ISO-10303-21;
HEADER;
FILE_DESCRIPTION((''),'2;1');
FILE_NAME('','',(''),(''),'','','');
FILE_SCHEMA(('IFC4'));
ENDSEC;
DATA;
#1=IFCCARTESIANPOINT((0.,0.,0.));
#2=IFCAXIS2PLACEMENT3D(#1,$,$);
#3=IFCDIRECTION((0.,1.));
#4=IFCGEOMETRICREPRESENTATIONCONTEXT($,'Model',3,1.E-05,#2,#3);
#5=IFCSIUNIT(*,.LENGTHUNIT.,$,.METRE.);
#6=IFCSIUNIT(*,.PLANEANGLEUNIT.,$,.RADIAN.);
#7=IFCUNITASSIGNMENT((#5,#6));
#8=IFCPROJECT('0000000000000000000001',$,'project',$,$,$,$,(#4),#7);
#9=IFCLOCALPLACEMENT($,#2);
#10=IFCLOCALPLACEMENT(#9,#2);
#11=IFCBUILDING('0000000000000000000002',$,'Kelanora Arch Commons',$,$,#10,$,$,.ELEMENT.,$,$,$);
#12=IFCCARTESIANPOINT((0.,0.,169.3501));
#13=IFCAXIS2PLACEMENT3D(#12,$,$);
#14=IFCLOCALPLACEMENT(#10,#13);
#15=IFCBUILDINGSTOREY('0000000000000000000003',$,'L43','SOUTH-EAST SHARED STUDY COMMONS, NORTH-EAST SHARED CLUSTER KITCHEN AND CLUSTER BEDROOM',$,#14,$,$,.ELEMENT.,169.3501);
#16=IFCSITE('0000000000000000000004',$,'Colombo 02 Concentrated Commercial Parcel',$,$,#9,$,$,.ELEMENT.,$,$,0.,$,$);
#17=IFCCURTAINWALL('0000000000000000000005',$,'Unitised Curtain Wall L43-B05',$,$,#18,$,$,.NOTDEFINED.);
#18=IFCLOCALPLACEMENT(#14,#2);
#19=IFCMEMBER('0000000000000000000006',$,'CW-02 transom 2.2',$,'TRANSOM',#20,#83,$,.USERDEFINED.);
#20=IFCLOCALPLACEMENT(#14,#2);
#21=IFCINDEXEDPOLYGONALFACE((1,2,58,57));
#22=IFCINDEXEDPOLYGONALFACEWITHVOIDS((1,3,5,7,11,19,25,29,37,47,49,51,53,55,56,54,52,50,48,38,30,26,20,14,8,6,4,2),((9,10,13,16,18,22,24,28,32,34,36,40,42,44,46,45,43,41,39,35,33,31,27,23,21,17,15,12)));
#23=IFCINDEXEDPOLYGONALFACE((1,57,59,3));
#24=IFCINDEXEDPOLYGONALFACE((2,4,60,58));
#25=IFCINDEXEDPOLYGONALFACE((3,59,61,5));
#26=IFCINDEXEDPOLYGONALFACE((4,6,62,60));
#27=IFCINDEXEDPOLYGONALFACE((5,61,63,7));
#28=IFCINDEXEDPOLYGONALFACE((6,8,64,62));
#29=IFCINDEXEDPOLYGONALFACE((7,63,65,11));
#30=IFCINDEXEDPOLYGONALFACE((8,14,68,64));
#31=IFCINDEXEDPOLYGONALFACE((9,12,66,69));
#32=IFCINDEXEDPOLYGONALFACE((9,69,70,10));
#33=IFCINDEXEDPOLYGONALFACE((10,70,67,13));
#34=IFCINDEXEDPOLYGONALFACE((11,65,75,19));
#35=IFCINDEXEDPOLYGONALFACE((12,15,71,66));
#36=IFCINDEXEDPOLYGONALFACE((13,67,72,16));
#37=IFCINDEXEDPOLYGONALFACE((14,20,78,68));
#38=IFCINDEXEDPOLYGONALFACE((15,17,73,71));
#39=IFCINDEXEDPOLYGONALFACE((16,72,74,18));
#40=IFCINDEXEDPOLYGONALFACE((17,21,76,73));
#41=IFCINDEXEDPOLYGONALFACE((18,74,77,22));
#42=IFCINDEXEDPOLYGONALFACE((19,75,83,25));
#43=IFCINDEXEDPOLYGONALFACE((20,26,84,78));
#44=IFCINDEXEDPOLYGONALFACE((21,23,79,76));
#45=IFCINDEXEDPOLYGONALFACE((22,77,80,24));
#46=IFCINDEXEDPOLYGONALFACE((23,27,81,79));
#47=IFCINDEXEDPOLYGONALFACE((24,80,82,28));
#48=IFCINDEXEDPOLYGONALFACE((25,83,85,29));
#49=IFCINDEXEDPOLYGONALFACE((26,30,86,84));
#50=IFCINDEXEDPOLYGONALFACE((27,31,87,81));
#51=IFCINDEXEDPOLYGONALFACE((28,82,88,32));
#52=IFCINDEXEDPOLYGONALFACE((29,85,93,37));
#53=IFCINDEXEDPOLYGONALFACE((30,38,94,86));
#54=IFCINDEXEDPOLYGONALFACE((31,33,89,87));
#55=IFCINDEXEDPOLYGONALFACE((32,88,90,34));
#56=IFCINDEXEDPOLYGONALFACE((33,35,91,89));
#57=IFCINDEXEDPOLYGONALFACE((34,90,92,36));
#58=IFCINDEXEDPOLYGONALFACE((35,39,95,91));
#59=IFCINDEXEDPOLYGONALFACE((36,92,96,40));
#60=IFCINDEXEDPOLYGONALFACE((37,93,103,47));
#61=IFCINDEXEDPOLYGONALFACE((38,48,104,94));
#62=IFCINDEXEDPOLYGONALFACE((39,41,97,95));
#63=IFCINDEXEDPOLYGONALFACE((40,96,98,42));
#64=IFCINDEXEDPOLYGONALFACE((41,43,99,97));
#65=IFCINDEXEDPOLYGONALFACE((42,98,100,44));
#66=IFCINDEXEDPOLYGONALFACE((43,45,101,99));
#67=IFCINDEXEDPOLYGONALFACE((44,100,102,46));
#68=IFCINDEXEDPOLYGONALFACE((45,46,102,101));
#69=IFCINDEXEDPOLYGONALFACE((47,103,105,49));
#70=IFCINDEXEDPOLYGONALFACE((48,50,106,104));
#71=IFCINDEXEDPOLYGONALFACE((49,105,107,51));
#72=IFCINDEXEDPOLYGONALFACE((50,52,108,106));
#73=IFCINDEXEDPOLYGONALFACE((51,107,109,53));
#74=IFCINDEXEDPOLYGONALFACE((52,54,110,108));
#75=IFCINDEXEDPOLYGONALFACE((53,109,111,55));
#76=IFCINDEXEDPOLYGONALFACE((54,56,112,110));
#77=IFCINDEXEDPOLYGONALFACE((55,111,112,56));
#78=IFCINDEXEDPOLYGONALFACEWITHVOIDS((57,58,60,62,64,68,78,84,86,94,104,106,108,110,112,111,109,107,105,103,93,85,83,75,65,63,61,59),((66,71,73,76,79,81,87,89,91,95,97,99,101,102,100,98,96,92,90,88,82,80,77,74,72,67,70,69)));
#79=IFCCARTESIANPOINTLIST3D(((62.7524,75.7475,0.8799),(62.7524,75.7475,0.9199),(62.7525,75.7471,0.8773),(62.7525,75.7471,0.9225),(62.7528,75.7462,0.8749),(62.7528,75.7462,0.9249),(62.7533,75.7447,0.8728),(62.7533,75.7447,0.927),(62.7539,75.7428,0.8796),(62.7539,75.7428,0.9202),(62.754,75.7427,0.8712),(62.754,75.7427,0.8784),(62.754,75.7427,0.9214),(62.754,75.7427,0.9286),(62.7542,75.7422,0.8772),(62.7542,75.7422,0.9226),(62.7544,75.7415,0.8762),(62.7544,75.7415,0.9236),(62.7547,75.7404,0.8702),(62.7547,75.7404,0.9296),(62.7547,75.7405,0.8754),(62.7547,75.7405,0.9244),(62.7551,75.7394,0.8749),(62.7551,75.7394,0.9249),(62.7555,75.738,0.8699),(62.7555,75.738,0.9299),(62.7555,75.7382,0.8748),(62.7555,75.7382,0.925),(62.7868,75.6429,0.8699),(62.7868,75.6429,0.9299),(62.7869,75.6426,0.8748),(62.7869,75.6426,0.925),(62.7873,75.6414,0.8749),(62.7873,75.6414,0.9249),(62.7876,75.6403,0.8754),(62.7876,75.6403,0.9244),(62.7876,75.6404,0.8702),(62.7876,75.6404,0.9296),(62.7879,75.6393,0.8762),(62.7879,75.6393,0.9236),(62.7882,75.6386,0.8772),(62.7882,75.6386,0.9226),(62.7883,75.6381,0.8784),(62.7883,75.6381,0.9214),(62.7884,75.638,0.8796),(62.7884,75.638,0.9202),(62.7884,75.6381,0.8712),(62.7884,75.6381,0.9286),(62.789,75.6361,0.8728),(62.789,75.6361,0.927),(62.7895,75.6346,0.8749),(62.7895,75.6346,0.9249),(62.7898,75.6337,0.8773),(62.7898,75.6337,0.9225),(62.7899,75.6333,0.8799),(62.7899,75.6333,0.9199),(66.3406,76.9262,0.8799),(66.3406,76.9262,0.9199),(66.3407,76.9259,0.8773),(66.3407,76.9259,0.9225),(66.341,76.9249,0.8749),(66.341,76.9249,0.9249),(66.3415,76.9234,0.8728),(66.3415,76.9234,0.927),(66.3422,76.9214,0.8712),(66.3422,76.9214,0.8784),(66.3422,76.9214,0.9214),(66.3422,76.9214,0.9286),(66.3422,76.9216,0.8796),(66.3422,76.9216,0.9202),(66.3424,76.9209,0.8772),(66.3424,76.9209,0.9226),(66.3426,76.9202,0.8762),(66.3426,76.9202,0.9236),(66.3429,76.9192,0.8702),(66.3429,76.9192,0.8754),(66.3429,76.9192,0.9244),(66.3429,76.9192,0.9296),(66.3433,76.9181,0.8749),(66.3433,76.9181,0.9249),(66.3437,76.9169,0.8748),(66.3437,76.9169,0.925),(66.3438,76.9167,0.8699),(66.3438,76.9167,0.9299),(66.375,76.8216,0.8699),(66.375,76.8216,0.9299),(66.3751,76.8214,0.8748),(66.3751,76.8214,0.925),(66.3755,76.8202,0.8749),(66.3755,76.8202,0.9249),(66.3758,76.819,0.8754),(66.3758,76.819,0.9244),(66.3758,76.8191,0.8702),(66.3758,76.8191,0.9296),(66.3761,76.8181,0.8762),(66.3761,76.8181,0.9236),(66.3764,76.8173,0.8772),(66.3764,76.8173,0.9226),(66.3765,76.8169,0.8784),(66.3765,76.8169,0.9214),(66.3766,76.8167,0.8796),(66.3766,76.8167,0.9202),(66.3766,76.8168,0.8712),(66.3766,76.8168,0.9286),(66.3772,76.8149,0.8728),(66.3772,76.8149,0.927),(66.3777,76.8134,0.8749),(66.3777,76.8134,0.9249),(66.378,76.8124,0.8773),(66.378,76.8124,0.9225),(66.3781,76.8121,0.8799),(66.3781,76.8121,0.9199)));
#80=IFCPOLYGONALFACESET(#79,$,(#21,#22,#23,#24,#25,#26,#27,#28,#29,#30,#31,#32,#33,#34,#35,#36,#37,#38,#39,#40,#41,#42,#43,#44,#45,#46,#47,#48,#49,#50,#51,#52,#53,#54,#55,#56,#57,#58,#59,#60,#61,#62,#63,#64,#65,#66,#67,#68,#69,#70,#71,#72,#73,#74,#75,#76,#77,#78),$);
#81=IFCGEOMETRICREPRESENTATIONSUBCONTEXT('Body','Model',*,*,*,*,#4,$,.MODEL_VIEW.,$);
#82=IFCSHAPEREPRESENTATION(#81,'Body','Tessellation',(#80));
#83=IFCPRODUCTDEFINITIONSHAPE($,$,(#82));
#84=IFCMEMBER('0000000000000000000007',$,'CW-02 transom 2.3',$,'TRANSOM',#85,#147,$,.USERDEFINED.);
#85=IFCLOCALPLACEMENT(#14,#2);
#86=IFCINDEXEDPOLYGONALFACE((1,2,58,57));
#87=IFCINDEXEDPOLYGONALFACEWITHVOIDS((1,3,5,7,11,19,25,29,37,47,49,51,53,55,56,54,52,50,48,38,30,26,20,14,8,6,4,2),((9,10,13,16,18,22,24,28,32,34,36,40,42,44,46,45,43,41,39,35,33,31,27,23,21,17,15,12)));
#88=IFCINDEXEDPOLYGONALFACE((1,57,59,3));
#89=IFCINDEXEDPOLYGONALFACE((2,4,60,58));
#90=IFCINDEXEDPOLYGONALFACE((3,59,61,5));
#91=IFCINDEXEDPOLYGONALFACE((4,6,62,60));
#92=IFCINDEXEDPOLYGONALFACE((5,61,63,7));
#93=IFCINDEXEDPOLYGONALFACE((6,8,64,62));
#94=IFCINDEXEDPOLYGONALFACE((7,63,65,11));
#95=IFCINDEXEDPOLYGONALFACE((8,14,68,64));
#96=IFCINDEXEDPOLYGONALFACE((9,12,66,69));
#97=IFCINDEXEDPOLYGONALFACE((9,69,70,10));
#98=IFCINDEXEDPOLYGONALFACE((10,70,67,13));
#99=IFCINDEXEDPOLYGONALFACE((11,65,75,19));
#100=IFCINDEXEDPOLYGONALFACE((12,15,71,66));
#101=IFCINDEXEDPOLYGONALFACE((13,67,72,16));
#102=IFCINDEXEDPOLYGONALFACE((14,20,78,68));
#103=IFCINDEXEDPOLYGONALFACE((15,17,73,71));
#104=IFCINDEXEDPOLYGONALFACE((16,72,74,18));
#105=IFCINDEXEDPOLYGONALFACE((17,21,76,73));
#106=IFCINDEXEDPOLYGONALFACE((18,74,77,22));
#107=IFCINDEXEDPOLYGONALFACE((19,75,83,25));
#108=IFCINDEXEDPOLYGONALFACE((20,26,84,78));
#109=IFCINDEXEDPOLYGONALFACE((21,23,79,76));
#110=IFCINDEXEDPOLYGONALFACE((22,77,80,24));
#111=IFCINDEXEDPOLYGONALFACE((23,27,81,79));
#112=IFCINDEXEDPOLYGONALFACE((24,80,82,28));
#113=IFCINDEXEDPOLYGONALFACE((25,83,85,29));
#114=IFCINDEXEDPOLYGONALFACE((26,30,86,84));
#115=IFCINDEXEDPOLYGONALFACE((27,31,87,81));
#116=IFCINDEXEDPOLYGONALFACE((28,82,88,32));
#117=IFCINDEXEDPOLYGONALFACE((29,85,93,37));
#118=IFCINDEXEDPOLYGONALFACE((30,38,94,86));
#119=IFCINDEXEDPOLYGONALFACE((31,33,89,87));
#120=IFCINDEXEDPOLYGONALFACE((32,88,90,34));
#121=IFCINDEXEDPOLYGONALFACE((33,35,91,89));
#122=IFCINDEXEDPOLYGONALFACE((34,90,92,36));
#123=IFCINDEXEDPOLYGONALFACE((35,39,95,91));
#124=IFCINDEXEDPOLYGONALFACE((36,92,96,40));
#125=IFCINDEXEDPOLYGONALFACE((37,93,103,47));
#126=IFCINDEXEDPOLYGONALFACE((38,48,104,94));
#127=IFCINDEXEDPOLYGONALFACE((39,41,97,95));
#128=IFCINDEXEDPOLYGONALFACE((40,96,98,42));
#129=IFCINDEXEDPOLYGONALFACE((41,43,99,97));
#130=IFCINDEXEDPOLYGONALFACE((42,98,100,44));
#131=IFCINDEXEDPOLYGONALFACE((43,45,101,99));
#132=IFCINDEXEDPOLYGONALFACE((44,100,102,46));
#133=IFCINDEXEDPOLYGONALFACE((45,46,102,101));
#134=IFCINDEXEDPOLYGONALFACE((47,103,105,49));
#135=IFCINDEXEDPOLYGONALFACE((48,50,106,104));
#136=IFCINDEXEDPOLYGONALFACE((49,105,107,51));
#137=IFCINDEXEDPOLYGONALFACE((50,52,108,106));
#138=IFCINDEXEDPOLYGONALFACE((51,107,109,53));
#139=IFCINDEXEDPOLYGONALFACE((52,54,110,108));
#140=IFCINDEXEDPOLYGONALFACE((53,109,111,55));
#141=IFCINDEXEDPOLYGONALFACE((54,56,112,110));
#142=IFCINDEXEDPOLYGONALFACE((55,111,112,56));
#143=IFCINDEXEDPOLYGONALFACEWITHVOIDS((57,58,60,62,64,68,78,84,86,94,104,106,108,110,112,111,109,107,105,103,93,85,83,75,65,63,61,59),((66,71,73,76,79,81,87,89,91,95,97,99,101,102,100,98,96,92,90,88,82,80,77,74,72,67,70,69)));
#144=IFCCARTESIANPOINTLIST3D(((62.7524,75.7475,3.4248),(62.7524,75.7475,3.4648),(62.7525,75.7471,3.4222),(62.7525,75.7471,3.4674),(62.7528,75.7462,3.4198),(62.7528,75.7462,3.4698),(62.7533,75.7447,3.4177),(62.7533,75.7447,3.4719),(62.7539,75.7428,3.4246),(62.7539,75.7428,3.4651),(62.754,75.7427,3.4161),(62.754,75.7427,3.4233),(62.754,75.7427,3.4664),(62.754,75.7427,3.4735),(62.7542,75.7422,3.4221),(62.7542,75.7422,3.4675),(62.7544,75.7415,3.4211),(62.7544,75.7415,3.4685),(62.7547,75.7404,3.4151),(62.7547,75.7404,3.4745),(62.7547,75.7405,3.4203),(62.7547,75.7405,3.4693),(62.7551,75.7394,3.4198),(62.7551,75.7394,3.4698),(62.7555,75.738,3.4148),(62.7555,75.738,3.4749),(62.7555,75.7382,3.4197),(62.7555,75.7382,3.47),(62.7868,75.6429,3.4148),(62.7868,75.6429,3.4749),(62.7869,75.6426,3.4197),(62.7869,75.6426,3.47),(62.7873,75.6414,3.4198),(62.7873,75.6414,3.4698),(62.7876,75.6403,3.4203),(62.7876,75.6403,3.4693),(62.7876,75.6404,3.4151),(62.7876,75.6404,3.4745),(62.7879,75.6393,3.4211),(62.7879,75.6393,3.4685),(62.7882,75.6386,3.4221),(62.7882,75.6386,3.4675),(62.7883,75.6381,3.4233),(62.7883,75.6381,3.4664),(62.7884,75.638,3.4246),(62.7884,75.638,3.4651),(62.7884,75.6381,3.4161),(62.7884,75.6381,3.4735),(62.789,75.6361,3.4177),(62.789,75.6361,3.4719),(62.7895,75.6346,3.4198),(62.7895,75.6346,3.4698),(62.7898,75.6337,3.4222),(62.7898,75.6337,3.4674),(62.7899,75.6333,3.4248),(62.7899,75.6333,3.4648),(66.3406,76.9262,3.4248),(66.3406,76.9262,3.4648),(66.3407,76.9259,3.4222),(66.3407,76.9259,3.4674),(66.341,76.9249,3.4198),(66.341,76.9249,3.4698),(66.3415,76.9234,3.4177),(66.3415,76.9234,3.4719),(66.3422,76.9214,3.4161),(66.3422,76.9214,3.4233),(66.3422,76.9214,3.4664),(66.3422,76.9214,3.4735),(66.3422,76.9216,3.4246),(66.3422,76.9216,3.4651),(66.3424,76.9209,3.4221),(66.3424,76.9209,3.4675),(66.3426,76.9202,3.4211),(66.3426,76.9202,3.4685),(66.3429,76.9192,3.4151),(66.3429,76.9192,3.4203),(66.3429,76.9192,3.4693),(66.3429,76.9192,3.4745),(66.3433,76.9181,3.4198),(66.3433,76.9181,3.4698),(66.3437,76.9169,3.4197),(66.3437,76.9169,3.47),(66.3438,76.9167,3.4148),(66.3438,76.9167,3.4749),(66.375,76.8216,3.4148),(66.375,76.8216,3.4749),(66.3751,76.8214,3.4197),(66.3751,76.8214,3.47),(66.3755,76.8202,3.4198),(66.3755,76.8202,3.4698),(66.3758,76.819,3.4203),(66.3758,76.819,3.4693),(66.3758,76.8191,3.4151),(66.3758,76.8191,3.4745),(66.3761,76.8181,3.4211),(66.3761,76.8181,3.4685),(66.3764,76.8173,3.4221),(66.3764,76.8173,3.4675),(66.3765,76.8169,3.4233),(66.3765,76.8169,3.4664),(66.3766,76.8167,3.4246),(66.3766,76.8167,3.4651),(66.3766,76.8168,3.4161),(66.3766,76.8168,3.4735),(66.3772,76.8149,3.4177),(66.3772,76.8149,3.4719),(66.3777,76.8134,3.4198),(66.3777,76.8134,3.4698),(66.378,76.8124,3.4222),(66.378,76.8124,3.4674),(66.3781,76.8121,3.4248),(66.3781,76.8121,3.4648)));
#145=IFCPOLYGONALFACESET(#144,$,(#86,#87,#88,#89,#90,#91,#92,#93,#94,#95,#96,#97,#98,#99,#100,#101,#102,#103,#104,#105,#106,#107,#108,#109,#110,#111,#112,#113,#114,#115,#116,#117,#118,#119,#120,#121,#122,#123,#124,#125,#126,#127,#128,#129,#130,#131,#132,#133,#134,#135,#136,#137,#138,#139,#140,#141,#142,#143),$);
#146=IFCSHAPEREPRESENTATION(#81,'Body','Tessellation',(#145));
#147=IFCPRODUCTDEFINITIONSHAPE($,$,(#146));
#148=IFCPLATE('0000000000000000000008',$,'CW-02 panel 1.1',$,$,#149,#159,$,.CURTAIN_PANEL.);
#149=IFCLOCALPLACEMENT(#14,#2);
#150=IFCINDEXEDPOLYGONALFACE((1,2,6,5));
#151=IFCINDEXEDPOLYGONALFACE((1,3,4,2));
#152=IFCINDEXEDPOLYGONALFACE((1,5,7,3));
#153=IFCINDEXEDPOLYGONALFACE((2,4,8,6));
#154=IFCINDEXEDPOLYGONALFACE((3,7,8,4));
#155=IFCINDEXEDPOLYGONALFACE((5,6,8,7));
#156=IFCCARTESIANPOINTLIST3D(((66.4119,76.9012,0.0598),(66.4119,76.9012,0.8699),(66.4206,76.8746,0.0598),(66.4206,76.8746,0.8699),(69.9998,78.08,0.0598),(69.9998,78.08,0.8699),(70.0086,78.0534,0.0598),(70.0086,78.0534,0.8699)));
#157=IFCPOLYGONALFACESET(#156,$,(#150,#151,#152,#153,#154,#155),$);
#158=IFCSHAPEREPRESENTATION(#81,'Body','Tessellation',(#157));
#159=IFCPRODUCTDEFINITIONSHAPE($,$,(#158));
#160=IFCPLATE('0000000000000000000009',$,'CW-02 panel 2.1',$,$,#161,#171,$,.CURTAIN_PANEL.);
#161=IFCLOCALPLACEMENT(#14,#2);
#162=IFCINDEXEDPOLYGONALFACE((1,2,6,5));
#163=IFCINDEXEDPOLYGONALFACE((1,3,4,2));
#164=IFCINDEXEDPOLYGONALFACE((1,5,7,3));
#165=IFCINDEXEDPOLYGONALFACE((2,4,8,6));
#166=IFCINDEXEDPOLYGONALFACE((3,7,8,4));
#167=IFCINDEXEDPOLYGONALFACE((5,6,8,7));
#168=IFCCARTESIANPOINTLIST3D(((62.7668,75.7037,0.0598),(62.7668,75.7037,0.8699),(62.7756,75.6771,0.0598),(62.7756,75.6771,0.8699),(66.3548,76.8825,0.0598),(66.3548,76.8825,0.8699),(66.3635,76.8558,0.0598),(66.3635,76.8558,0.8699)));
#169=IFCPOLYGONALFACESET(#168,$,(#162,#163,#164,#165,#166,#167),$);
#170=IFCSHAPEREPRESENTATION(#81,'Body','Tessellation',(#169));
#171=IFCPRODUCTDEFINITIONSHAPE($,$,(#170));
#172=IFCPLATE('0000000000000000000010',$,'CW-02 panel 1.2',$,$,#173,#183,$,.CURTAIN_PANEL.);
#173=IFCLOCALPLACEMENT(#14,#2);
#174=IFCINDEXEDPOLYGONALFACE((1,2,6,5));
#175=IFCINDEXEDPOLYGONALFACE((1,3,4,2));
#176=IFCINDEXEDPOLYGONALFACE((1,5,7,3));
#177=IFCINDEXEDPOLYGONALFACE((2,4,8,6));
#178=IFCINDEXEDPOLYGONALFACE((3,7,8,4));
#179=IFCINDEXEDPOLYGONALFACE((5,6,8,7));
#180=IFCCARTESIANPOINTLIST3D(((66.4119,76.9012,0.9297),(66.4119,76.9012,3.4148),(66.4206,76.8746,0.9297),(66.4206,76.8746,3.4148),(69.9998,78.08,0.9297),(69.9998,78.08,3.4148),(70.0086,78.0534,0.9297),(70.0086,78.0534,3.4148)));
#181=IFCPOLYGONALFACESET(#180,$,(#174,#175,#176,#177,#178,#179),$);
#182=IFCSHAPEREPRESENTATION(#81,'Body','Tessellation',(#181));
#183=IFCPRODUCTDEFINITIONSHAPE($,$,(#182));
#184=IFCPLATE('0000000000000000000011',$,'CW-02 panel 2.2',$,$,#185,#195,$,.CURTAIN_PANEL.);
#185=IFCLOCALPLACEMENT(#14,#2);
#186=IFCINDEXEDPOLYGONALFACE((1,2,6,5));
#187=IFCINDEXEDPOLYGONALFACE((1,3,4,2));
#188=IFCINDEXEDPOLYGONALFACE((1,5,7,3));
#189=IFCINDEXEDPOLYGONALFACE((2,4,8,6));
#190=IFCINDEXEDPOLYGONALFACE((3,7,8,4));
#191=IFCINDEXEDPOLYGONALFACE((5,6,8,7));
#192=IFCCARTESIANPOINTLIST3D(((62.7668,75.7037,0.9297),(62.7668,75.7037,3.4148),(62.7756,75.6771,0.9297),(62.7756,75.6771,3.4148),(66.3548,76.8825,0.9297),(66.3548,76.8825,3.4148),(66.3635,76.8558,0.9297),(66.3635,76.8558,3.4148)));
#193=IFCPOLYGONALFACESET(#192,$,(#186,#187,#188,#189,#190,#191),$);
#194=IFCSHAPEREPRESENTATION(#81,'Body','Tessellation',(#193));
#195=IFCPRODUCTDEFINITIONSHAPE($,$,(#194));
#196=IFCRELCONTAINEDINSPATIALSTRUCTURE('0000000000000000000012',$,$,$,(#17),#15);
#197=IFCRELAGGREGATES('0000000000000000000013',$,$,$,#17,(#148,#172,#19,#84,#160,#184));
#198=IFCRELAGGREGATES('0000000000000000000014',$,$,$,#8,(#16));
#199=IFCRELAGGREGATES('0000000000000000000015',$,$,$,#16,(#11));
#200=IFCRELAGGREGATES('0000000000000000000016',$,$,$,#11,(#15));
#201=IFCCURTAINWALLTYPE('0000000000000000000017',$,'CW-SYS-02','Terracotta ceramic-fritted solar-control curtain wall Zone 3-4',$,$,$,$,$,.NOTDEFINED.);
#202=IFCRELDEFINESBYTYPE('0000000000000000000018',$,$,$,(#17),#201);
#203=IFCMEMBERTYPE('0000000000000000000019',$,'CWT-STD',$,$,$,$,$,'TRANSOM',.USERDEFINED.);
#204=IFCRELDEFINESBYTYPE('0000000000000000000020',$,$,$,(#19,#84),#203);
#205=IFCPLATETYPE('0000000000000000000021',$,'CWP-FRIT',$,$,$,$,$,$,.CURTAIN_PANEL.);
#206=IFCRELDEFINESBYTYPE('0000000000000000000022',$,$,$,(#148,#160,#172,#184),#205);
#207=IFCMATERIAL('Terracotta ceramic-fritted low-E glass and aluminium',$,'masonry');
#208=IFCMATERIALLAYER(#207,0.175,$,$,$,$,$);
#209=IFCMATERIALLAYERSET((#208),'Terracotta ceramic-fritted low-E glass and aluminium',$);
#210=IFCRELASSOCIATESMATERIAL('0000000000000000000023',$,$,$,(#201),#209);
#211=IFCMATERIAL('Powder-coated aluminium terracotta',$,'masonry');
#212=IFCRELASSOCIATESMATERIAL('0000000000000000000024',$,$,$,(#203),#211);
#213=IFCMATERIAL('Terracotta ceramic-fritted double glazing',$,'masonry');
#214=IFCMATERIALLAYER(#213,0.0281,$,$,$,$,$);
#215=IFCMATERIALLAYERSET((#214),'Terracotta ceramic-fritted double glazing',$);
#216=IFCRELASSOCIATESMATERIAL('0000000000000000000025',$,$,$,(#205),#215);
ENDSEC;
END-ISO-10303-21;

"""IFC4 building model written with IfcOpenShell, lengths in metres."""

from ifc_helpers import new_model, si_unit, direction, frame, origin, origin_2d, place, context, subcontext, project, spatial, rectangle, hollow_rectangle, extrude, source, transform, mapped, material, layer, layer_set, material_profile, profile_set, type_object, element, aggregate, save


model = new_model("IFC4")

# Units and contexts
model_context = context("Model", 3, precision=1e-05, world=origin(), true_north=direction((0.0, 1.0)))
body_context = subcontext(model_context, "Body", "Model", "MODEL_VIEW")
ifc_project = project(units=[si_unit("LENGTHUNIT", "METRE"), si_unit("PLANEANGLEUNIT", "RADIAN")], contexts=[model_context])

# Site, building, storey
site_placement = place(None, origin())
site = spatial("IfcSite", under=ifc_project, at=site_placement, Name="Colombo 02 Concentrated Commercial Parcel", CompositionType="ELEMENT", RefElevation=0.0)
building_placement = place(site_placement, origin())
building = spatial("IfcBuilding", under=site, at=building_placement, Name="Kelanora Arch Commons", CompositionType="ELEMENT")
storey_placement = place(building_placement, frame((0.0, 0.0, 169.3501)))
storey = spatial("IfcBuildingStorey", under=building, at=storey_placement, Name="L43", Description="SOUTH-EAST SHARED STUDY COMMONS, NORTH-EAST SHARED CLUSTER KITCHEN AND CLUSTER BEDROOM", CompositionType="ELEMENT", Elevation=169.3501)

# Curtain wall, members, plates
ifc_material_1 = material(Name="Terracotta ceramic-fritted low-E glass and aluminium", Category="masonry")
ifc_layer_1 = layer(ifc_material_1, 0.175)
ifc_layer_set_1 = layer_set([ifc_layer_1], Name="Terracotta ceramic-fritted low-E glass and aluminium")
curtain_wall_type = type_object("IfcCurtainWallType", Name="CW-SYS-02", Description="Terracotta ceramic-fritted solar-control curtain wall Zone 3-4", PredefinedType="NOTDEFINED", material=ifc_layer_set_1)
curtain_wall_placement = place(storey_placement, origin())
curtain_wall = element("IfcCurtainWall", 1, at=curtain_wall_placement, inside=storey, type_object=curtain_wall_type, Name="Unitised Curtain Wall L43-B05", PredefinedType="NOTDEFINED")
ifc_material_2 = material(Name="Powder-coated aluminium terracotta", Category="masonry")
ifc_material_profile_1 = material_profile(ifc_material_2, hollow_rectangle(XDim=0.1201, YDim=0.0601, WallThickness=0.0049, InnerFilletRadius=0.0049, OuterFilletRadius=0.01, at=origin_2d()), Name="CWT120x60")
ifc_profile_set_1 = profile_set([ifc_material_profile_1], Name="Powder-coated aluminium terracotta")
member_type_1 = type_object("IfcMemberType", Name="CWT-STD", ElementType="TRANSOM", PredefinedType="USERDEFINED", material=ifc_profile_set_1)
member_1_placement = place(storey_placement, frame((66.3594, 76.8691, 0.8999), z_axis=(-0.950051, -0.312094, 0.0), x_axis=(0.312094, -0.950051, 0.0)))
member_1 = element("IfcMember", 2, at=member_1_placement, type_object=member_type_1, Name="CW-02 transom 2.2", ObjectType="TRANSOM", PredefinedType="USERDEFINED", context=body_context, shape_type="SweptSolid", body=[
    extrude(hollow_rectangle(XDim=0.1201, YDim=0.0601, WallThickness=0.0049, InnerFilletRadius=0.0049, OuterFilletRadius=0.01, at=origin_2d()), origin(), (0.0, 0.0, 1.0), 3.7769),
])
member_2_placement = place(storey_placement, frame((66.3594, 76.8691, 3.4448), z_axis=(-0.950051, -0.312094, 0.0), x_axis=(0.312094, -0.950051, 0.0)))
member_2 = element("IfcMember", 3, at=member_2_placement, type_object=member_type_1, Name="CW-02 transom 2.3", ObjectType="TRANSOM", PredefinedType="USERDEFINED", context=body_context, shape_type="SweptSolid", body=[
    extrude(hollow_rectangle(XDim=0.1201, YDim=0.0601, WallThickness=0.0049, InnerFilletRadius=0.0049, OuterFilletRadius=0.01, at=origin_2d()), origin(), (0.0, 0.0, 1.0), 3.7769),
])
ifc_material_3 = material(Name="Terracotta ceramic-fritted double glazing", Category="masonry")
ifc_layer_2 = layer(ifc_material_3, 0.0281)
ifc_layer_set_2 = layer_set([ifc_layer_2], Name="Terracotta ceramic-fritted double glazing")
plate_type = type_object("IfcPlateType", Name="CWP-FRIT", PredefinedType="CURTAIN_PANEL", material=ifc_layer_set_2)
shared_shape_1 = source(origin(), body_context, "Body", "SweptSolid", [
    extrude(rectangle(XDim=3.7766, YDim=0.0281, at=origin_2d()), origin(), (0.0, 0.0, 1.0), 0.8101),
])
plate_1_placement = place(storey_placement, frame((68.2102, 77.4773, 0.0598), z_axis=(0.0, 0.0, 1.0), x_axis=(-0.95004, -0.312128, 0.0)))
plate_1 = element("IfcPlate", 4, at=plate_1_placement, type_object=plate_type, Name="CW-02 panel 1.1", PredefinedType="CURTAIN_PANEL", context=body_context, shape_type="MappedRepresentation", body=[
    mapped(shared_shape_1, transform((0.0, 0.0, 0.0), scale=1.0)),
])
plate_2_placement = place(storey_placement, frame((64.5652, 76.2798, 0.0598), z_axis=(0.0, 0.0, 1.0), x_axis=(-0.95004, -0.312128, 0.0)))
plate_2 = element("IfcPlate", 5, at=plate_2_placement, type_object=plate_type, Name="CW-02 panel 2.1", PredefinedType="CURTAIN_PANEL", context=body_context, shape_type="MappedRepresentation", body=[
    mapped(shared_shape_1, transform((0.0, 0.0, 0.0), scale=1.0)),
])
shared_shape_2 = source(origin(), body_context, "Body", "SweptSolid", [
    extrude(rectangle(XDim=3.7766, YDim=0.0281, at=origin_2d()), origin(), (0.0, 0.0, 1.0), 2.4851),
])
plate_3_placement = place(storey_placement, frame((68.2102, 77.4773, 0.9297), z_axis=(0.0, 0.0, 1.0), x_axis=(-0.95004, -0.312128, 0.0)))
plate_3 = element("IfcPlate", 6, at=plate_3_placement, type_object=plate_type, Name="CW-02 panel 1.2", PredefinedType="CURTAIN_PANEL", context=body_context, shape_type="MappedRepresentation", body=[
    mapped(shared_shape_2, transform((0.0, 0.0, 0.0), scale=1.0)),
])
plate_4_placement = place(storey_placement, frame((64.5652, 76.2798, 0.9297), z_axis=(0.0, 0.0, 1.0), x_axis=(-0.95004, -0.312128, 0.0)))
plate_4 = element("IfcPlate", 7, at=plate_4_placement, type_object=plate_type, Name="CW-02 panel 2.2", PredefinedType="CURTAIN_PANEL", context=body_context, shape_type="MappedRepresentation", body=[
    mapped(shared_shape_2, transform((0.0, 0.0, 0.0), scale=1.0)),
])
aggregate(curtain_wall, [plate_1, plate_3, member_1, member_2, plate_2, plate_4])

save(model, "model.ifc")
